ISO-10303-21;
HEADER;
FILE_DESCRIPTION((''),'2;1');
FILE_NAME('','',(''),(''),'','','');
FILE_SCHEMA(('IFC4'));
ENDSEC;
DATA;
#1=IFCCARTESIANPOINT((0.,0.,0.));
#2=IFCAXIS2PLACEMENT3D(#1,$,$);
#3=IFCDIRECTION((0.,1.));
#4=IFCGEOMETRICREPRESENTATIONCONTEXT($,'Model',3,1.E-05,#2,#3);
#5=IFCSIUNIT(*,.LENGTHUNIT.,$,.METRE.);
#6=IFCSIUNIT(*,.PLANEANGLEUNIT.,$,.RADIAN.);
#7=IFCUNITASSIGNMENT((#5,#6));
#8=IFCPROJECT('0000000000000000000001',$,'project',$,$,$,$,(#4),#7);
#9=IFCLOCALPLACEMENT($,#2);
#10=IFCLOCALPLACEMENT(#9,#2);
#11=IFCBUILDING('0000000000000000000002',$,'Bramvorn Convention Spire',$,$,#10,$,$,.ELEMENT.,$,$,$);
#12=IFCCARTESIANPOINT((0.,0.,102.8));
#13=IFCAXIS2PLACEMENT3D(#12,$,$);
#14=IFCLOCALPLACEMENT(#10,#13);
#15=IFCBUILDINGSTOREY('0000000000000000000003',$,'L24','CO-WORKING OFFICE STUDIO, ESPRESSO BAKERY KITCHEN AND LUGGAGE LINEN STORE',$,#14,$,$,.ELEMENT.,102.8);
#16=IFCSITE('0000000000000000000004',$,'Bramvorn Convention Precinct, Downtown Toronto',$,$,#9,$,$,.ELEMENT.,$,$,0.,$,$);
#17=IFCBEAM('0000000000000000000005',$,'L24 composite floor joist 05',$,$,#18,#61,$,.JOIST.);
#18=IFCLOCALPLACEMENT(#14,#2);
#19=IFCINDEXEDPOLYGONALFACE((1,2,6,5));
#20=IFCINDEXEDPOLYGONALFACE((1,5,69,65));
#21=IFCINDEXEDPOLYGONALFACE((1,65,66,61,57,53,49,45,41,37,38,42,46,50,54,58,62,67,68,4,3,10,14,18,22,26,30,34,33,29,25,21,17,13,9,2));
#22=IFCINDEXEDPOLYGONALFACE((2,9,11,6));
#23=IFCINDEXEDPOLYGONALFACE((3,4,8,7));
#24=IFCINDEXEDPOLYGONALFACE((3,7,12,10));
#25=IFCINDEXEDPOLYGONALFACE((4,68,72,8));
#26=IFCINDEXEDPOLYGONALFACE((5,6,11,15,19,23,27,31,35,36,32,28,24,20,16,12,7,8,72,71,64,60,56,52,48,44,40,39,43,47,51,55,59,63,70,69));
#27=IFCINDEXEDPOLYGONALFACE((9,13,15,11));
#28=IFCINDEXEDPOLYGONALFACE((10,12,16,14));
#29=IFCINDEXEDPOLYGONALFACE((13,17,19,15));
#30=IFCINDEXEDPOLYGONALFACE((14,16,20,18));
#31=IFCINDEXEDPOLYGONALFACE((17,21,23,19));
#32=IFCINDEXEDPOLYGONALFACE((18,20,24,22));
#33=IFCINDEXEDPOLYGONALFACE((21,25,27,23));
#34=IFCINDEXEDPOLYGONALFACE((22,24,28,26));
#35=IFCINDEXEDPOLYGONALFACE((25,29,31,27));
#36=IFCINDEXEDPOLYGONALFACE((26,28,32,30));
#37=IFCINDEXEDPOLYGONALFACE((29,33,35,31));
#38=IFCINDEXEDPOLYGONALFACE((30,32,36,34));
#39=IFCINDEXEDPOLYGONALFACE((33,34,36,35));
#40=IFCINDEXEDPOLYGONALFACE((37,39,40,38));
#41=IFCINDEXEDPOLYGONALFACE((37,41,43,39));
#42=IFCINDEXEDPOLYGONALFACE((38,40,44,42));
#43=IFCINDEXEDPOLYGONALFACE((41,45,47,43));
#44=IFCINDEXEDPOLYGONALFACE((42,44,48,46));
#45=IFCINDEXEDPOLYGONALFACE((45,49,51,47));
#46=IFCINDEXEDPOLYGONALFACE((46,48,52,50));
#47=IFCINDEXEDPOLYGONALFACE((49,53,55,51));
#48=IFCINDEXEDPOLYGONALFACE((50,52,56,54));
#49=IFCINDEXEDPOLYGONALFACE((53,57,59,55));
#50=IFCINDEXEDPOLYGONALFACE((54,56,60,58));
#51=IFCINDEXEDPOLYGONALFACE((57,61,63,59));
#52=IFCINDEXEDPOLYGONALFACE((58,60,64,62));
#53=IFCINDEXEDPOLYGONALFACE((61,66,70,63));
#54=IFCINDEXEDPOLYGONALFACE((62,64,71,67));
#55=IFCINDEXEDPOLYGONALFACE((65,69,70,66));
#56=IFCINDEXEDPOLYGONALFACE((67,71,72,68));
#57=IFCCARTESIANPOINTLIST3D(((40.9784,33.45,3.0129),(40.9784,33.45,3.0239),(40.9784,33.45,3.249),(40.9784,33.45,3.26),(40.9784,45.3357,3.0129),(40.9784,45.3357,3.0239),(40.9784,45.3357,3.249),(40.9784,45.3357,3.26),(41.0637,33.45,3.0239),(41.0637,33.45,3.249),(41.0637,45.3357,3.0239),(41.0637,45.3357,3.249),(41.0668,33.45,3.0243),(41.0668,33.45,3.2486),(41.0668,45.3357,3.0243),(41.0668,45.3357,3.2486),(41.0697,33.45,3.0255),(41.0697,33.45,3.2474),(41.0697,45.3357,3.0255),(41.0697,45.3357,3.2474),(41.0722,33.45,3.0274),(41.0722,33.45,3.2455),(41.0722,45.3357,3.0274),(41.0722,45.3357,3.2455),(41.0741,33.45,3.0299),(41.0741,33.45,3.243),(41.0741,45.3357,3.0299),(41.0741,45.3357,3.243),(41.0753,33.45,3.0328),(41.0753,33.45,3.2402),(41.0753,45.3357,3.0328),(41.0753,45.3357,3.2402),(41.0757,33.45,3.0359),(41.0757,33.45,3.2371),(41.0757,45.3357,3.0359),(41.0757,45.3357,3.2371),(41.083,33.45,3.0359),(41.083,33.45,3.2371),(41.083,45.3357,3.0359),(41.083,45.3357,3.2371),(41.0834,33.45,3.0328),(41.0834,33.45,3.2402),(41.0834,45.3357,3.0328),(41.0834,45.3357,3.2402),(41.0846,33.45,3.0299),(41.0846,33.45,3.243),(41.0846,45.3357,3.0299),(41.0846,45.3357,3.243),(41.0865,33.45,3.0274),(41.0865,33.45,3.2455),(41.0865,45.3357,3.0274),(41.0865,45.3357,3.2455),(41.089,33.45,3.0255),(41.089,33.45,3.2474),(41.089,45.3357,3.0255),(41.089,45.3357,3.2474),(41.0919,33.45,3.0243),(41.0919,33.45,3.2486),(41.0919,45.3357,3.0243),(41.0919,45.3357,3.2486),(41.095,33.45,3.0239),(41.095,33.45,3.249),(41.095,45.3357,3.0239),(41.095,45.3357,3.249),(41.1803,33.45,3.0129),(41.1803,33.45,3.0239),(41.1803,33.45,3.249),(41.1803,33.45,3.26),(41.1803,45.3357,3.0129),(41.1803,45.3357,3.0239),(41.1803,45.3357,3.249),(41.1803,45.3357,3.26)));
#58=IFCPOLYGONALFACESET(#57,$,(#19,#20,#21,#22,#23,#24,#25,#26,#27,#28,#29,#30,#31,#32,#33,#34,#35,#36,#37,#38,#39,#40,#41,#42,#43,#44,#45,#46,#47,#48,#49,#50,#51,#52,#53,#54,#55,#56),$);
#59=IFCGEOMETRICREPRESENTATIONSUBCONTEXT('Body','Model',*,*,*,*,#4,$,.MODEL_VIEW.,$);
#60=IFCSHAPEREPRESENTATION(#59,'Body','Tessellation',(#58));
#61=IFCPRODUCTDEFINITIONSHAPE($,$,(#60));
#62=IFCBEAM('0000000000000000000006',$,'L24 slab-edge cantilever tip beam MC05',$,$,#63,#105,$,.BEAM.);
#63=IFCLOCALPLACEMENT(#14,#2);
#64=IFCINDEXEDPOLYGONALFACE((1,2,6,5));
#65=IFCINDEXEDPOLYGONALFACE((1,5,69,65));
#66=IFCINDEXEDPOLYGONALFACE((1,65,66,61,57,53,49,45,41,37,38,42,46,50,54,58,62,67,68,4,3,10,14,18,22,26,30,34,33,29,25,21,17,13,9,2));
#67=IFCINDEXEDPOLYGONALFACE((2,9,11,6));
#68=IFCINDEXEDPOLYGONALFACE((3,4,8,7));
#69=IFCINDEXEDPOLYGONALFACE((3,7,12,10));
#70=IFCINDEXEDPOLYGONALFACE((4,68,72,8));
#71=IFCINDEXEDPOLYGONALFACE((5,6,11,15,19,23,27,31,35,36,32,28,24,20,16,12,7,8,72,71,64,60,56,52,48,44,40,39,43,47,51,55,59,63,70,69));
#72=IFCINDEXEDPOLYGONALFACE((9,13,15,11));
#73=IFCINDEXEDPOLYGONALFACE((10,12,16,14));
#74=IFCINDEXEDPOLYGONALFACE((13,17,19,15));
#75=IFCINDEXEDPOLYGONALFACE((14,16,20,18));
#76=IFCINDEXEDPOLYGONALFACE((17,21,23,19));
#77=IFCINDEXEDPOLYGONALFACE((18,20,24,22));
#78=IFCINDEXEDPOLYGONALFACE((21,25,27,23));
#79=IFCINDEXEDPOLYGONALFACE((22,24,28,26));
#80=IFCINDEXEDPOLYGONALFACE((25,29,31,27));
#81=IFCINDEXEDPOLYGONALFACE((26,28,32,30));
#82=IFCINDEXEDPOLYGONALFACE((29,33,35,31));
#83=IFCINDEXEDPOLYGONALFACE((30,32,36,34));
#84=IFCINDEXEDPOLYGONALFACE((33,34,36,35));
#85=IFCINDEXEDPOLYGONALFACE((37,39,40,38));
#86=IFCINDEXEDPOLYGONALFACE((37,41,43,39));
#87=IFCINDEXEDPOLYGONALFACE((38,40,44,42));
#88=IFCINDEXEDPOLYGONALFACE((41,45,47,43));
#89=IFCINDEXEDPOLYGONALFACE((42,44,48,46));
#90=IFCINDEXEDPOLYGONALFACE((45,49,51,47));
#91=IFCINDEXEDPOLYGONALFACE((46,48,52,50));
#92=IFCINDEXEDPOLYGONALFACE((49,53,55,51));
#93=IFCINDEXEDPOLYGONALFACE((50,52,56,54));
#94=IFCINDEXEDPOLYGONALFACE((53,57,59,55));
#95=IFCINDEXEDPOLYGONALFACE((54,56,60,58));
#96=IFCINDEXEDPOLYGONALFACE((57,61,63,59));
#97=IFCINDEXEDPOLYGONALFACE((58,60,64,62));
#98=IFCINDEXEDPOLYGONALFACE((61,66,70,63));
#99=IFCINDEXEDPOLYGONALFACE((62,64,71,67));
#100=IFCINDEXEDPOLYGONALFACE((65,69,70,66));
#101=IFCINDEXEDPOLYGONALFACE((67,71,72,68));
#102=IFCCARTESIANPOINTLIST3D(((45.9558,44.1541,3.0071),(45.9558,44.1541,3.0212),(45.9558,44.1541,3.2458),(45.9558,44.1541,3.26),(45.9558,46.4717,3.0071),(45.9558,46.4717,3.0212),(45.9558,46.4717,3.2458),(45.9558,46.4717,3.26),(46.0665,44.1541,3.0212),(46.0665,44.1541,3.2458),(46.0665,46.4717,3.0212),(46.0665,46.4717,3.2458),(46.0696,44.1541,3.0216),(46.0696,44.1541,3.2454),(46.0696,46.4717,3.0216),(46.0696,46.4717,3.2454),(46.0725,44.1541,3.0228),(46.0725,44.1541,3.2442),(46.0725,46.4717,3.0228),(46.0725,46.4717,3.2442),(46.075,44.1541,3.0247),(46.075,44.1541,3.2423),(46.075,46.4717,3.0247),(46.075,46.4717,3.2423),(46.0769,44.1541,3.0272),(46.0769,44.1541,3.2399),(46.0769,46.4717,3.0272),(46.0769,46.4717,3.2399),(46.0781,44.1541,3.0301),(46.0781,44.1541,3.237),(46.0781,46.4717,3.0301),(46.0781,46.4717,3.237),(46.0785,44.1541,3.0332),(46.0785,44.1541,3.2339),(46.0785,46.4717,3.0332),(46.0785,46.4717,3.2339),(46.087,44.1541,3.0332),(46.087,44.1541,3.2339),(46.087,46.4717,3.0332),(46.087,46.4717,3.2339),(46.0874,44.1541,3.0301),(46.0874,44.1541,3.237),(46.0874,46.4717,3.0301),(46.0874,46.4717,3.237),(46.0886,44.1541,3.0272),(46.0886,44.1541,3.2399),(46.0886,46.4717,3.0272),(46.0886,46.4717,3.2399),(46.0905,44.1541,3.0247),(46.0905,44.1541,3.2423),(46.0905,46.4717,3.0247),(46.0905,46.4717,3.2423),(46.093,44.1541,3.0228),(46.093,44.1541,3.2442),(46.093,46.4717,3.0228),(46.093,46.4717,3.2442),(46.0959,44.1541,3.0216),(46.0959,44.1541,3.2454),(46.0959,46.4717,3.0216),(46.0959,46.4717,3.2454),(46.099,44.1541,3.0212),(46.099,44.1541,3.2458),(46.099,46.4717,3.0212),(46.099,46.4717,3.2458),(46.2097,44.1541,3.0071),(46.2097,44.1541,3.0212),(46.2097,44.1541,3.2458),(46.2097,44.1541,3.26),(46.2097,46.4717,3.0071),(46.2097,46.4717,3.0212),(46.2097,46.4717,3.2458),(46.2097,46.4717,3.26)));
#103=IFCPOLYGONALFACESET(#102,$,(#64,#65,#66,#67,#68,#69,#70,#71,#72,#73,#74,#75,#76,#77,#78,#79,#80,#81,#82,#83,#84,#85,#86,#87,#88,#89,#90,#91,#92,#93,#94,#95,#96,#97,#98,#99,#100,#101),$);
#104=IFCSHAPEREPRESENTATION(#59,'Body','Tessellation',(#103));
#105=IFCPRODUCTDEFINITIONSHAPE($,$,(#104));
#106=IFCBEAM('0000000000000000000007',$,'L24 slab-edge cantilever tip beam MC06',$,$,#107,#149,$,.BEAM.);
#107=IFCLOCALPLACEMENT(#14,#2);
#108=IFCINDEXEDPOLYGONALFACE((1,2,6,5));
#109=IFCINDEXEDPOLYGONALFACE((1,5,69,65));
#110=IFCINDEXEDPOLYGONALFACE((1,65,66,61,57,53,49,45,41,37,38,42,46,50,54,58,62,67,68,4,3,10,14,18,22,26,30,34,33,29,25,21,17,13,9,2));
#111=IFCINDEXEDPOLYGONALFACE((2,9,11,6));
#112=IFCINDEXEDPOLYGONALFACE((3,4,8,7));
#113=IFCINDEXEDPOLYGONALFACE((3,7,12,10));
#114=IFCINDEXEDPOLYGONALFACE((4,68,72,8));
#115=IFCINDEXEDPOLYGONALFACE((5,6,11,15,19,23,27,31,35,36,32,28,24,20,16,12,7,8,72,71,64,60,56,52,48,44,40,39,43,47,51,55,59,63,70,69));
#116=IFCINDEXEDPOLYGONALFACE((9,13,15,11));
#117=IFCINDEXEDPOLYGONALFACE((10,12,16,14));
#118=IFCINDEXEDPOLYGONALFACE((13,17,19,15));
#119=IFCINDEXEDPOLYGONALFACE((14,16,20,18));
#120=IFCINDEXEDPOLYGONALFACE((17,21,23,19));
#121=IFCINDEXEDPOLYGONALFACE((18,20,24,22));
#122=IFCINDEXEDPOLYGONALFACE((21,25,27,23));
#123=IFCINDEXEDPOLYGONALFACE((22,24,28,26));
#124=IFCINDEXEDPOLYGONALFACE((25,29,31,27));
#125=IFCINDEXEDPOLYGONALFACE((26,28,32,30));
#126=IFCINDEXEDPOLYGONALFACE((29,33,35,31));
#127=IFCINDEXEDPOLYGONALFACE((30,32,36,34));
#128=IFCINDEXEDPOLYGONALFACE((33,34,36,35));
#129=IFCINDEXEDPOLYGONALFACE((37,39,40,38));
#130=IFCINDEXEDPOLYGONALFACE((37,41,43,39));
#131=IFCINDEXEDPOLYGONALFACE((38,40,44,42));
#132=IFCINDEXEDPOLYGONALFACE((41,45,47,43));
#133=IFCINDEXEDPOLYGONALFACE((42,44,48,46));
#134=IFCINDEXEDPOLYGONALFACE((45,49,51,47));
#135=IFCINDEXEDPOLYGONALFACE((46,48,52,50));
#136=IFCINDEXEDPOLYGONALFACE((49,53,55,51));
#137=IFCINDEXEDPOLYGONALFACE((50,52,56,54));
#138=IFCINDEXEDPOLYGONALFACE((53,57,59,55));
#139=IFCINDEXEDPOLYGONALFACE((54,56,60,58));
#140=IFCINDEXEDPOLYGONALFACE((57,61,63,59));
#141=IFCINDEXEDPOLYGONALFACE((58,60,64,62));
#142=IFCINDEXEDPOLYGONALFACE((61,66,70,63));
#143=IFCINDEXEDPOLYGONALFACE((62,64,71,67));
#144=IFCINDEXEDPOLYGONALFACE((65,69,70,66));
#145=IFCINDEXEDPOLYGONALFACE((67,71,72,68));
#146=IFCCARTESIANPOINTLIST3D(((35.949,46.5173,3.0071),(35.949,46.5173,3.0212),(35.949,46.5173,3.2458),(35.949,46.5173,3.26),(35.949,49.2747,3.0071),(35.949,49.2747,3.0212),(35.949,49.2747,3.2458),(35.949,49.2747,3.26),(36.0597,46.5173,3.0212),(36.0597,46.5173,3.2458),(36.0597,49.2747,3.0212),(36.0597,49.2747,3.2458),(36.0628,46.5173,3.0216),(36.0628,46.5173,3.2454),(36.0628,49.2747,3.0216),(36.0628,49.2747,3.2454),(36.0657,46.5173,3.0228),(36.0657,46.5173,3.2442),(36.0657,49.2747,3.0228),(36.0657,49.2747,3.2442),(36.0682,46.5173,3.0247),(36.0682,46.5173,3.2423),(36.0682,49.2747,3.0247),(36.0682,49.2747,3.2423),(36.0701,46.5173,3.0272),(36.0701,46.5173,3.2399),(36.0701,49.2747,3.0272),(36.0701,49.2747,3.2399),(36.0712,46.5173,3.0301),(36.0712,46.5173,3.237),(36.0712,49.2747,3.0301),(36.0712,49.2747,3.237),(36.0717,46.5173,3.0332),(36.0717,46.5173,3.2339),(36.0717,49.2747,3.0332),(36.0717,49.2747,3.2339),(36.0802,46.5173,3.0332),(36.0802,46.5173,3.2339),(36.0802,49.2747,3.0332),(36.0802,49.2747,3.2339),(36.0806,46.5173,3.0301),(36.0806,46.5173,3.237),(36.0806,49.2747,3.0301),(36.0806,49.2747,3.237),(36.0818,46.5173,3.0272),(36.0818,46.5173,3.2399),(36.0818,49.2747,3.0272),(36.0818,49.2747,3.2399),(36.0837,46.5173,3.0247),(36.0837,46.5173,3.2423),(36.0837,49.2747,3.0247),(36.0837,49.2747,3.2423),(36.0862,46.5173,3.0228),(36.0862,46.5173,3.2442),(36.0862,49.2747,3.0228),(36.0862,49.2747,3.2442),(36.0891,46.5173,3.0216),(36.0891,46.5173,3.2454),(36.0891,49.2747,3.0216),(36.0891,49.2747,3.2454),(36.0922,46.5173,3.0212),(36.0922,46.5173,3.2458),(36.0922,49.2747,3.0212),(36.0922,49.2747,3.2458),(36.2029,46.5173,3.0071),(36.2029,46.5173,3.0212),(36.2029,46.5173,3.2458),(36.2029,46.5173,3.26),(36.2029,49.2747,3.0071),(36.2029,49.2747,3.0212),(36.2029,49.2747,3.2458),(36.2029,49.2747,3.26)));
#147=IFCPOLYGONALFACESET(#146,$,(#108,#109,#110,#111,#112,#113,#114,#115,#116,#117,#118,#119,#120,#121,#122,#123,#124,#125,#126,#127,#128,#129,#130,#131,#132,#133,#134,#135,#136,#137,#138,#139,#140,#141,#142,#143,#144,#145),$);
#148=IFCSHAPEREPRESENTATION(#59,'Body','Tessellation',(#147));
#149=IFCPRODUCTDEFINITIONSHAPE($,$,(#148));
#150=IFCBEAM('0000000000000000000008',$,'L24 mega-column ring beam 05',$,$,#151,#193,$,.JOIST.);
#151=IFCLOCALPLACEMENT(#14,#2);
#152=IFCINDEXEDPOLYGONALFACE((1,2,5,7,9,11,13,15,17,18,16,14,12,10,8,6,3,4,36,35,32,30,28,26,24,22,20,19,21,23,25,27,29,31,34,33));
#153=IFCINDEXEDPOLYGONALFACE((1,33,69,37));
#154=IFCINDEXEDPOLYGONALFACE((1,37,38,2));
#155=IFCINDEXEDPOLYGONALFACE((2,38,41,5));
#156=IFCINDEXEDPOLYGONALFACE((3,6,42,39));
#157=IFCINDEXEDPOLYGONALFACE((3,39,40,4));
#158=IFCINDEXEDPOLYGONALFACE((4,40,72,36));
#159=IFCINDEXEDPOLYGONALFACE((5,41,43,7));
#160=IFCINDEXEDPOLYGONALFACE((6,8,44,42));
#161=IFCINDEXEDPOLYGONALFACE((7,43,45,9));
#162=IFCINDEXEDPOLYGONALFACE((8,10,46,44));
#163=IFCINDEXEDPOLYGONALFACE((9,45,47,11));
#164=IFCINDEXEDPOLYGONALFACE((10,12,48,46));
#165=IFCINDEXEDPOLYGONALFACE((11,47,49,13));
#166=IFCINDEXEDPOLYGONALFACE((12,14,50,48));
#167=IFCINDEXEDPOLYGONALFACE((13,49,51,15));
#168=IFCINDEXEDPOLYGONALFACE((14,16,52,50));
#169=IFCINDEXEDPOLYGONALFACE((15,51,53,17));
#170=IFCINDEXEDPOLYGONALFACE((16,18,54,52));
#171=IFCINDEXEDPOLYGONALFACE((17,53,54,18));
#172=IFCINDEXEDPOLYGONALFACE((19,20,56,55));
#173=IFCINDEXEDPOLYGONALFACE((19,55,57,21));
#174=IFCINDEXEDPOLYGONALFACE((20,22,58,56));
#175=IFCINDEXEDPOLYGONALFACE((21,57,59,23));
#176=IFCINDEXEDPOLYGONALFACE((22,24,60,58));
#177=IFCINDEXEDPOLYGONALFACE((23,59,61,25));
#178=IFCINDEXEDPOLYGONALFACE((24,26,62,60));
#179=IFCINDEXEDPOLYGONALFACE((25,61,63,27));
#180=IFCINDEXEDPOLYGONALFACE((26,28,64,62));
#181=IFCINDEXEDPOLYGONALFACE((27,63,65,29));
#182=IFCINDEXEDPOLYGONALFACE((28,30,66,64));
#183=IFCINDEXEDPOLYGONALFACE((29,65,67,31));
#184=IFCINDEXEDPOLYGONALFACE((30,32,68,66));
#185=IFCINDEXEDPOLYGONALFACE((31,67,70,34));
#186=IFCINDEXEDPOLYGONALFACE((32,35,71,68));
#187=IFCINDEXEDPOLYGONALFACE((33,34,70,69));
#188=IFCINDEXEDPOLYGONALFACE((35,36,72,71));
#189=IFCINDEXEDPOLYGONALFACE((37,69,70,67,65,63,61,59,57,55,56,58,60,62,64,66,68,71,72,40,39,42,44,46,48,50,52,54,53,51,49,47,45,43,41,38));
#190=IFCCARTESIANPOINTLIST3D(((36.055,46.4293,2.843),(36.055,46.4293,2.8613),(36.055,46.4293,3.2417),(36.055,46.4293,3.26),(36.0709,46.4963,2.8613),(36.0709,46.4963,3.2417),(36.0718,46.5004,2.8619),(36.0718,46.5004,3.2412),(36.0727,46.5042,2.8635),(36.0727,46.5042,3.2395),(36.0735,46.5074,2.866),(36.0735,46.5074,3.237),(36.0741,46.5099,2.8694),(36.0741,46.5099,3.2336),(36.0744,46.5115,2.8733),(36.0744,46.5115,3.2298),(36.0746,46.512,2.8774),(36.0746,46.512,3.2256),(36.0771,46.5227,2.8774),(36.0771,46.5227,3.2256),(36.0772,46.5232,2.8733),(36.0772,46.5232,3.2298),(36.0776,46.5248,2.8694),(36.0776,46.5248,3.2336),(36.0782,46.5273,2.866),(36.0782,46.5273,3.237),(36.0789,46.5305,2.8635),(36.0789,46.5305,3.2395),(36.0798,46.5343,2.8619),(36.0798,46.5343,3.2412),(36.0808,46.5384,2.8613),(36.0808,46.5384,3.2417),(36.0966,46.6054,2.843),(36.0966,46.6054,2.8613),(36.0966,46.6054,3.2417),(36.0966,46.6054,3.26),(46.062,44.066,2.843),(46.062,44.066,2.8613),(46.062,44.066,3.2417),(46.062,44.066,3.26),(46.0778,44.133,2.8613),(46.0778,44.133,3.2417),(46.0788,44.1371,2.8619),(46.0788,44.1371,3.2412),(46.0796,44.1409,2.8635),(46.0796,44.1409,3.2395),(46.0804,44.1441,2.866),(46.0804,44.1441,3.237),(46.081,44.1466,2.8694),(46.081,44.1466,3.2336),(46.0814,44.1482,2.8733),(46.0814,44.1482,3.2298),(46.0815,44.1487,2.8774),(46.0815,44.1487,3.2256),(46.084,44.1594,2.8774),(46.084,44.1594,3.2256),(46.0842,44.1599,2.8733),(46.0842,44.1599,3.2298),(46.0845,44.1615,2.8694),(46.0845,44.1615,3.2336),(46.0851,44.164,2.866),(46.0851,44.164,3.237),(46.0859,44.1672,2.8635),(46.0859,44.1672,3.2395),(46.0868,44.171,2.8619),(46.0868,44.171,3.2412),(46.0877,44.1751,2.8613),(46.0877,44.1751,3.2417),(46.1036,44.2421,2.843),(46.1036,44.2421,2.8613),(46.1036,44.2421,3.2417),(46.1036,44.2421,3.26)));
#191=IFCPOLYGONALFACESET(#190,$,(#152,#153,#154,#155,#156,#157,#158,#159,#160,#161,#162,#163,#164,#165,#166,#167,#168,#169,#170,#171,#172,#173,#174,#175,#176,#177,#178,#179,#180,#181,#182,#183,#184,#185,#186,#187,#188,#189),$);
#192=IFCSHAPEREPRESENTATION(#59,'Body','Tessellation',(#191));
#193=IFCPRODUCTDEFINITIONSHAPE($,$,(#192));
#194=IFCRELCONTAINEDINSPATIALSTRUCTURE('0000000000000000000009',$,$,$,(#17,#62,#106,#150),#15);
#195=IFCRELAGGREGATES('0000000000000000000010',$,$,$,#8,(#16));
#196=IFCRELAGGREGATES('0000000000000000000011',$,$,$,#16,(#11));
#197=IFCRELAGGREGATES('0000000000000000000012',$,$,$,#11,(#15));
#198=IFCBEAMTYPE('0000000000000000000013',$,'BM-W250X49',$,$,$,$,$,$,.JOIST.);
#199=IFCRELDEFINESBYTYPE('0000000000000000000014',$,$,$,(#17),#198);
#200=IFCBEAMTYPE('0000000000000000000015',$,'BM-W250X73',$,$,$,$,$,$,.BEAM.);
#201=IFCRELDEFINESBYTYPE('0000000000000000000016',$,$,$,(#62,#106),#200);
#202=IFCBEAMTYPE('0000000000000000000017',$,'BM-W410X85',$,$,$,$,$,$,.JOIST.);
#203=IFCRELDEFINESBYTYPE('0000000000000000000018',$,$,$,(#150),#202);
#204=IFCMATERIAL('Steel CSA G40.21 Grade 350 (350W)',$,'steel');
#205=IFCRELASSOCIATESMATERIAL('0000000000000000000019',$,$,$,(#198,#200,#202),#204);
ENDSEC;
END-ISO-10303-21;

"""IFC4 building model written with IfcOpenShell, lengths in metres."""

from ifc_helpers import new_model, si_unit, direction, frame, origin, origin_2d, place, context, subcontext, project, spatial, i_section, extrude, material, material_profile, profile_set, type_object, element, save


model = new_model("IFC4")

# Units and contexts
model_context = context("Model", 3, precision=1e-05, world=origin(), true_north=direction((0.0, 1.0)))
body_context = subcontext(model_context, "Body", "Model", "MODEL_VIEW")
ifc_project = project(units=[si_unit("LENGTHUNIT", "METRE"), si_unit("PLANEANGLEUNIT", "RADIAN")], contexts=[model_context])

# Site, building, storey
site_placement = place(None, origin())
site = spatial("IfcSite", under=ifc_project, at=site_placement, Name="Bramvorn Convention Precinct, Downtown Toronto", CompositionType="ELEMENT", RefElevation=0.0)
building_placement = place(site_placement, origin())
building = spatial("IfcBuilding", under=site, at=building_placement, Name="Bramvorn Convention Spire", CompositionType="ELEMENT")
storey_placement = place(building_placement, frame((0.0, 0.0, 102.8)))
storey = spatial("IfcBuildingStorey", under=building, at=storey_placement, Name="L24", Description="CO-WORKING OFFICE STUDIO, ESPRESSO BAKERY KITCHEN AND LUGGAGE LINEN STORE", CompositionType="ELEMENT", Elevation=102.8)

# Shared definitions
ifc_material_1 = material(Name="Steel CSA G40.21 Grade 350 (350W)", Category="steel")

# Beams
ifc_material_profile_1 = material_profile(ifc_material_1, i_section(OverallWidth=0.2019, OverallDepth=0.2471, WebThickness=0.0073, FlangeThickness=0.011, FilletRadius=0.012, at=origin_2d()))
ifc_profile_set_1 = profile_set([ifc_material_profile_1], Name="Steel CSA G40.21 Grade 350 (350W) - W250X49")
beam_type_1 = type_object("IfcBeamType", Name="BM-W250X49", PredefinedType="JOIST", material=ifc_profile_set_1)
beam_1_placement = place(storey_placement, frame((41.0793, 33.45, 3.1365), z_axis=(0.0, 1.0, 0.0), x_axis=(-1.0, 0.0, 0.0)))
element("IfcBeam", 1, at=beam_1_placement, inside=storey, type_object=beam_type_1, Name="L24 composite floor joist 05", PredefinedType="JOIST", context=body_context, shape_type="SweptSolid", body=[
    extrude(i_section(OverallWidth=0.2019, OverallDepth=0.2471, WebThickness=0.0073, FlangeThickness=0.011, FilletRadius=0.012, at=origin_2d()), origin(), (0.0, 0.0, 1.0), 11.8857),
])
ifc_material_profile_2 = material_profile(ifc_material_1, i_section(OverallWidth=0.2539, OverallDepth=0.2529, WebThickness=0.0085, FlangeThickness=0.0142, FilletRadius=0.012, at=origin_2d()))
ifc_profile_set_2 = profile_set([ifc_material_profile_2], Name="Steel CSA G40.21 Grade 350 (350W) - W250X73")
beam_type_2 = type_object("IfcBeamType", Name="BM-W250X73", PredefinedType="BEAM", material=ifc_profile_set_2)
beam_2_placement = place(storey_placement, frame((46.0828, 44.1541, 3.1335), z_axis=(0.0, 1.0, 0.0), x_axis=(-1.0, 0.0, 0.0)))
element("IfcBeam", 2, at=beam_2_placement, inside=storey, type_object=beam_type_2, Name="L24 slab-edge cantilever tip beam MC05", PredefinedType="BEAM", context=body_context, shape_type="SweptSolid", body=[
    extrude(i_section(OverallWidth=0.2539, OverallDepth=0.2529, WebThickness=0.0085, FlangeThickness=0.0142, FilletRadius=0.012, at=origin_2d()), origin(), (0.0, 0.0, 1.0), 2.3176),
])
beam_3_placement = place(storey_placement, frame((36.0759, 46.5173, 3.1335), z_axis=(0.0, 1.0, 0.0), x_axis=(-1.0, 0.0, 0.0)))
element("IfcBeam", 3, at=beam_3_placement, inside=storey, type_object=beam_type_2, Name="L24 slab-edge cantilever tip beam MC06", PredefinedType="BEAM", context=body_context, shape_type="SweptSolid", body=[
    extrude(i_section(OverallWidth=0.2539, OverallDepth=0.2529, WebThickness=0.0085, FlangeThickness=0.0142, FilletRadius=0.012, at=origin_2d()), origin(), (0.0, 0.0, 1.0), 2.7573),
])
ifc_material_profile_3 = material_profile(ifc_material_1, i_section(OverallWidth=0.1809, OverallDepth=0.417, WebThickness=0.011, FlangeThickness=0.0183, FilletRadius=0.0161, at=origin_2d()))
ifc_profile_set_3 = profile_set([ifc_material_profile_3], Name="Steel CSA G40.21 Grade 350 (350W) - W410X85")
beam_type_3 = type_object("IfcBeamType", Name="BM-W410X85", PredefinedType="JOIST", material=ifc_profile_set_3)
beam_4_placement = place(storey_placement, frame((46.0828, 44.1541, 3.0515), z_axis=(-0.973228, 0.229844, 0.0), x_axis=(-0.229844, -0.973228, 0.0)))
element("IfcBeam", 4, at=beam_4_placement, inside=storey, type_object=beam_type_3, Name="L24 mega-column ring beam 05", PredefinedType="JOIST", context=body_context, shape_type="SweptSolid", body=[
    extrude(i_section(OverallWidth=0.1809, OverallDepth=0.417, WebThickness=0.011, FlangeThickness=0.0183, FilletRadius=0.0161, at=origin_2d()), origin(), (0.0, 0.0, 1.0), 10.2822),
])

save(model, "model.ifc")
